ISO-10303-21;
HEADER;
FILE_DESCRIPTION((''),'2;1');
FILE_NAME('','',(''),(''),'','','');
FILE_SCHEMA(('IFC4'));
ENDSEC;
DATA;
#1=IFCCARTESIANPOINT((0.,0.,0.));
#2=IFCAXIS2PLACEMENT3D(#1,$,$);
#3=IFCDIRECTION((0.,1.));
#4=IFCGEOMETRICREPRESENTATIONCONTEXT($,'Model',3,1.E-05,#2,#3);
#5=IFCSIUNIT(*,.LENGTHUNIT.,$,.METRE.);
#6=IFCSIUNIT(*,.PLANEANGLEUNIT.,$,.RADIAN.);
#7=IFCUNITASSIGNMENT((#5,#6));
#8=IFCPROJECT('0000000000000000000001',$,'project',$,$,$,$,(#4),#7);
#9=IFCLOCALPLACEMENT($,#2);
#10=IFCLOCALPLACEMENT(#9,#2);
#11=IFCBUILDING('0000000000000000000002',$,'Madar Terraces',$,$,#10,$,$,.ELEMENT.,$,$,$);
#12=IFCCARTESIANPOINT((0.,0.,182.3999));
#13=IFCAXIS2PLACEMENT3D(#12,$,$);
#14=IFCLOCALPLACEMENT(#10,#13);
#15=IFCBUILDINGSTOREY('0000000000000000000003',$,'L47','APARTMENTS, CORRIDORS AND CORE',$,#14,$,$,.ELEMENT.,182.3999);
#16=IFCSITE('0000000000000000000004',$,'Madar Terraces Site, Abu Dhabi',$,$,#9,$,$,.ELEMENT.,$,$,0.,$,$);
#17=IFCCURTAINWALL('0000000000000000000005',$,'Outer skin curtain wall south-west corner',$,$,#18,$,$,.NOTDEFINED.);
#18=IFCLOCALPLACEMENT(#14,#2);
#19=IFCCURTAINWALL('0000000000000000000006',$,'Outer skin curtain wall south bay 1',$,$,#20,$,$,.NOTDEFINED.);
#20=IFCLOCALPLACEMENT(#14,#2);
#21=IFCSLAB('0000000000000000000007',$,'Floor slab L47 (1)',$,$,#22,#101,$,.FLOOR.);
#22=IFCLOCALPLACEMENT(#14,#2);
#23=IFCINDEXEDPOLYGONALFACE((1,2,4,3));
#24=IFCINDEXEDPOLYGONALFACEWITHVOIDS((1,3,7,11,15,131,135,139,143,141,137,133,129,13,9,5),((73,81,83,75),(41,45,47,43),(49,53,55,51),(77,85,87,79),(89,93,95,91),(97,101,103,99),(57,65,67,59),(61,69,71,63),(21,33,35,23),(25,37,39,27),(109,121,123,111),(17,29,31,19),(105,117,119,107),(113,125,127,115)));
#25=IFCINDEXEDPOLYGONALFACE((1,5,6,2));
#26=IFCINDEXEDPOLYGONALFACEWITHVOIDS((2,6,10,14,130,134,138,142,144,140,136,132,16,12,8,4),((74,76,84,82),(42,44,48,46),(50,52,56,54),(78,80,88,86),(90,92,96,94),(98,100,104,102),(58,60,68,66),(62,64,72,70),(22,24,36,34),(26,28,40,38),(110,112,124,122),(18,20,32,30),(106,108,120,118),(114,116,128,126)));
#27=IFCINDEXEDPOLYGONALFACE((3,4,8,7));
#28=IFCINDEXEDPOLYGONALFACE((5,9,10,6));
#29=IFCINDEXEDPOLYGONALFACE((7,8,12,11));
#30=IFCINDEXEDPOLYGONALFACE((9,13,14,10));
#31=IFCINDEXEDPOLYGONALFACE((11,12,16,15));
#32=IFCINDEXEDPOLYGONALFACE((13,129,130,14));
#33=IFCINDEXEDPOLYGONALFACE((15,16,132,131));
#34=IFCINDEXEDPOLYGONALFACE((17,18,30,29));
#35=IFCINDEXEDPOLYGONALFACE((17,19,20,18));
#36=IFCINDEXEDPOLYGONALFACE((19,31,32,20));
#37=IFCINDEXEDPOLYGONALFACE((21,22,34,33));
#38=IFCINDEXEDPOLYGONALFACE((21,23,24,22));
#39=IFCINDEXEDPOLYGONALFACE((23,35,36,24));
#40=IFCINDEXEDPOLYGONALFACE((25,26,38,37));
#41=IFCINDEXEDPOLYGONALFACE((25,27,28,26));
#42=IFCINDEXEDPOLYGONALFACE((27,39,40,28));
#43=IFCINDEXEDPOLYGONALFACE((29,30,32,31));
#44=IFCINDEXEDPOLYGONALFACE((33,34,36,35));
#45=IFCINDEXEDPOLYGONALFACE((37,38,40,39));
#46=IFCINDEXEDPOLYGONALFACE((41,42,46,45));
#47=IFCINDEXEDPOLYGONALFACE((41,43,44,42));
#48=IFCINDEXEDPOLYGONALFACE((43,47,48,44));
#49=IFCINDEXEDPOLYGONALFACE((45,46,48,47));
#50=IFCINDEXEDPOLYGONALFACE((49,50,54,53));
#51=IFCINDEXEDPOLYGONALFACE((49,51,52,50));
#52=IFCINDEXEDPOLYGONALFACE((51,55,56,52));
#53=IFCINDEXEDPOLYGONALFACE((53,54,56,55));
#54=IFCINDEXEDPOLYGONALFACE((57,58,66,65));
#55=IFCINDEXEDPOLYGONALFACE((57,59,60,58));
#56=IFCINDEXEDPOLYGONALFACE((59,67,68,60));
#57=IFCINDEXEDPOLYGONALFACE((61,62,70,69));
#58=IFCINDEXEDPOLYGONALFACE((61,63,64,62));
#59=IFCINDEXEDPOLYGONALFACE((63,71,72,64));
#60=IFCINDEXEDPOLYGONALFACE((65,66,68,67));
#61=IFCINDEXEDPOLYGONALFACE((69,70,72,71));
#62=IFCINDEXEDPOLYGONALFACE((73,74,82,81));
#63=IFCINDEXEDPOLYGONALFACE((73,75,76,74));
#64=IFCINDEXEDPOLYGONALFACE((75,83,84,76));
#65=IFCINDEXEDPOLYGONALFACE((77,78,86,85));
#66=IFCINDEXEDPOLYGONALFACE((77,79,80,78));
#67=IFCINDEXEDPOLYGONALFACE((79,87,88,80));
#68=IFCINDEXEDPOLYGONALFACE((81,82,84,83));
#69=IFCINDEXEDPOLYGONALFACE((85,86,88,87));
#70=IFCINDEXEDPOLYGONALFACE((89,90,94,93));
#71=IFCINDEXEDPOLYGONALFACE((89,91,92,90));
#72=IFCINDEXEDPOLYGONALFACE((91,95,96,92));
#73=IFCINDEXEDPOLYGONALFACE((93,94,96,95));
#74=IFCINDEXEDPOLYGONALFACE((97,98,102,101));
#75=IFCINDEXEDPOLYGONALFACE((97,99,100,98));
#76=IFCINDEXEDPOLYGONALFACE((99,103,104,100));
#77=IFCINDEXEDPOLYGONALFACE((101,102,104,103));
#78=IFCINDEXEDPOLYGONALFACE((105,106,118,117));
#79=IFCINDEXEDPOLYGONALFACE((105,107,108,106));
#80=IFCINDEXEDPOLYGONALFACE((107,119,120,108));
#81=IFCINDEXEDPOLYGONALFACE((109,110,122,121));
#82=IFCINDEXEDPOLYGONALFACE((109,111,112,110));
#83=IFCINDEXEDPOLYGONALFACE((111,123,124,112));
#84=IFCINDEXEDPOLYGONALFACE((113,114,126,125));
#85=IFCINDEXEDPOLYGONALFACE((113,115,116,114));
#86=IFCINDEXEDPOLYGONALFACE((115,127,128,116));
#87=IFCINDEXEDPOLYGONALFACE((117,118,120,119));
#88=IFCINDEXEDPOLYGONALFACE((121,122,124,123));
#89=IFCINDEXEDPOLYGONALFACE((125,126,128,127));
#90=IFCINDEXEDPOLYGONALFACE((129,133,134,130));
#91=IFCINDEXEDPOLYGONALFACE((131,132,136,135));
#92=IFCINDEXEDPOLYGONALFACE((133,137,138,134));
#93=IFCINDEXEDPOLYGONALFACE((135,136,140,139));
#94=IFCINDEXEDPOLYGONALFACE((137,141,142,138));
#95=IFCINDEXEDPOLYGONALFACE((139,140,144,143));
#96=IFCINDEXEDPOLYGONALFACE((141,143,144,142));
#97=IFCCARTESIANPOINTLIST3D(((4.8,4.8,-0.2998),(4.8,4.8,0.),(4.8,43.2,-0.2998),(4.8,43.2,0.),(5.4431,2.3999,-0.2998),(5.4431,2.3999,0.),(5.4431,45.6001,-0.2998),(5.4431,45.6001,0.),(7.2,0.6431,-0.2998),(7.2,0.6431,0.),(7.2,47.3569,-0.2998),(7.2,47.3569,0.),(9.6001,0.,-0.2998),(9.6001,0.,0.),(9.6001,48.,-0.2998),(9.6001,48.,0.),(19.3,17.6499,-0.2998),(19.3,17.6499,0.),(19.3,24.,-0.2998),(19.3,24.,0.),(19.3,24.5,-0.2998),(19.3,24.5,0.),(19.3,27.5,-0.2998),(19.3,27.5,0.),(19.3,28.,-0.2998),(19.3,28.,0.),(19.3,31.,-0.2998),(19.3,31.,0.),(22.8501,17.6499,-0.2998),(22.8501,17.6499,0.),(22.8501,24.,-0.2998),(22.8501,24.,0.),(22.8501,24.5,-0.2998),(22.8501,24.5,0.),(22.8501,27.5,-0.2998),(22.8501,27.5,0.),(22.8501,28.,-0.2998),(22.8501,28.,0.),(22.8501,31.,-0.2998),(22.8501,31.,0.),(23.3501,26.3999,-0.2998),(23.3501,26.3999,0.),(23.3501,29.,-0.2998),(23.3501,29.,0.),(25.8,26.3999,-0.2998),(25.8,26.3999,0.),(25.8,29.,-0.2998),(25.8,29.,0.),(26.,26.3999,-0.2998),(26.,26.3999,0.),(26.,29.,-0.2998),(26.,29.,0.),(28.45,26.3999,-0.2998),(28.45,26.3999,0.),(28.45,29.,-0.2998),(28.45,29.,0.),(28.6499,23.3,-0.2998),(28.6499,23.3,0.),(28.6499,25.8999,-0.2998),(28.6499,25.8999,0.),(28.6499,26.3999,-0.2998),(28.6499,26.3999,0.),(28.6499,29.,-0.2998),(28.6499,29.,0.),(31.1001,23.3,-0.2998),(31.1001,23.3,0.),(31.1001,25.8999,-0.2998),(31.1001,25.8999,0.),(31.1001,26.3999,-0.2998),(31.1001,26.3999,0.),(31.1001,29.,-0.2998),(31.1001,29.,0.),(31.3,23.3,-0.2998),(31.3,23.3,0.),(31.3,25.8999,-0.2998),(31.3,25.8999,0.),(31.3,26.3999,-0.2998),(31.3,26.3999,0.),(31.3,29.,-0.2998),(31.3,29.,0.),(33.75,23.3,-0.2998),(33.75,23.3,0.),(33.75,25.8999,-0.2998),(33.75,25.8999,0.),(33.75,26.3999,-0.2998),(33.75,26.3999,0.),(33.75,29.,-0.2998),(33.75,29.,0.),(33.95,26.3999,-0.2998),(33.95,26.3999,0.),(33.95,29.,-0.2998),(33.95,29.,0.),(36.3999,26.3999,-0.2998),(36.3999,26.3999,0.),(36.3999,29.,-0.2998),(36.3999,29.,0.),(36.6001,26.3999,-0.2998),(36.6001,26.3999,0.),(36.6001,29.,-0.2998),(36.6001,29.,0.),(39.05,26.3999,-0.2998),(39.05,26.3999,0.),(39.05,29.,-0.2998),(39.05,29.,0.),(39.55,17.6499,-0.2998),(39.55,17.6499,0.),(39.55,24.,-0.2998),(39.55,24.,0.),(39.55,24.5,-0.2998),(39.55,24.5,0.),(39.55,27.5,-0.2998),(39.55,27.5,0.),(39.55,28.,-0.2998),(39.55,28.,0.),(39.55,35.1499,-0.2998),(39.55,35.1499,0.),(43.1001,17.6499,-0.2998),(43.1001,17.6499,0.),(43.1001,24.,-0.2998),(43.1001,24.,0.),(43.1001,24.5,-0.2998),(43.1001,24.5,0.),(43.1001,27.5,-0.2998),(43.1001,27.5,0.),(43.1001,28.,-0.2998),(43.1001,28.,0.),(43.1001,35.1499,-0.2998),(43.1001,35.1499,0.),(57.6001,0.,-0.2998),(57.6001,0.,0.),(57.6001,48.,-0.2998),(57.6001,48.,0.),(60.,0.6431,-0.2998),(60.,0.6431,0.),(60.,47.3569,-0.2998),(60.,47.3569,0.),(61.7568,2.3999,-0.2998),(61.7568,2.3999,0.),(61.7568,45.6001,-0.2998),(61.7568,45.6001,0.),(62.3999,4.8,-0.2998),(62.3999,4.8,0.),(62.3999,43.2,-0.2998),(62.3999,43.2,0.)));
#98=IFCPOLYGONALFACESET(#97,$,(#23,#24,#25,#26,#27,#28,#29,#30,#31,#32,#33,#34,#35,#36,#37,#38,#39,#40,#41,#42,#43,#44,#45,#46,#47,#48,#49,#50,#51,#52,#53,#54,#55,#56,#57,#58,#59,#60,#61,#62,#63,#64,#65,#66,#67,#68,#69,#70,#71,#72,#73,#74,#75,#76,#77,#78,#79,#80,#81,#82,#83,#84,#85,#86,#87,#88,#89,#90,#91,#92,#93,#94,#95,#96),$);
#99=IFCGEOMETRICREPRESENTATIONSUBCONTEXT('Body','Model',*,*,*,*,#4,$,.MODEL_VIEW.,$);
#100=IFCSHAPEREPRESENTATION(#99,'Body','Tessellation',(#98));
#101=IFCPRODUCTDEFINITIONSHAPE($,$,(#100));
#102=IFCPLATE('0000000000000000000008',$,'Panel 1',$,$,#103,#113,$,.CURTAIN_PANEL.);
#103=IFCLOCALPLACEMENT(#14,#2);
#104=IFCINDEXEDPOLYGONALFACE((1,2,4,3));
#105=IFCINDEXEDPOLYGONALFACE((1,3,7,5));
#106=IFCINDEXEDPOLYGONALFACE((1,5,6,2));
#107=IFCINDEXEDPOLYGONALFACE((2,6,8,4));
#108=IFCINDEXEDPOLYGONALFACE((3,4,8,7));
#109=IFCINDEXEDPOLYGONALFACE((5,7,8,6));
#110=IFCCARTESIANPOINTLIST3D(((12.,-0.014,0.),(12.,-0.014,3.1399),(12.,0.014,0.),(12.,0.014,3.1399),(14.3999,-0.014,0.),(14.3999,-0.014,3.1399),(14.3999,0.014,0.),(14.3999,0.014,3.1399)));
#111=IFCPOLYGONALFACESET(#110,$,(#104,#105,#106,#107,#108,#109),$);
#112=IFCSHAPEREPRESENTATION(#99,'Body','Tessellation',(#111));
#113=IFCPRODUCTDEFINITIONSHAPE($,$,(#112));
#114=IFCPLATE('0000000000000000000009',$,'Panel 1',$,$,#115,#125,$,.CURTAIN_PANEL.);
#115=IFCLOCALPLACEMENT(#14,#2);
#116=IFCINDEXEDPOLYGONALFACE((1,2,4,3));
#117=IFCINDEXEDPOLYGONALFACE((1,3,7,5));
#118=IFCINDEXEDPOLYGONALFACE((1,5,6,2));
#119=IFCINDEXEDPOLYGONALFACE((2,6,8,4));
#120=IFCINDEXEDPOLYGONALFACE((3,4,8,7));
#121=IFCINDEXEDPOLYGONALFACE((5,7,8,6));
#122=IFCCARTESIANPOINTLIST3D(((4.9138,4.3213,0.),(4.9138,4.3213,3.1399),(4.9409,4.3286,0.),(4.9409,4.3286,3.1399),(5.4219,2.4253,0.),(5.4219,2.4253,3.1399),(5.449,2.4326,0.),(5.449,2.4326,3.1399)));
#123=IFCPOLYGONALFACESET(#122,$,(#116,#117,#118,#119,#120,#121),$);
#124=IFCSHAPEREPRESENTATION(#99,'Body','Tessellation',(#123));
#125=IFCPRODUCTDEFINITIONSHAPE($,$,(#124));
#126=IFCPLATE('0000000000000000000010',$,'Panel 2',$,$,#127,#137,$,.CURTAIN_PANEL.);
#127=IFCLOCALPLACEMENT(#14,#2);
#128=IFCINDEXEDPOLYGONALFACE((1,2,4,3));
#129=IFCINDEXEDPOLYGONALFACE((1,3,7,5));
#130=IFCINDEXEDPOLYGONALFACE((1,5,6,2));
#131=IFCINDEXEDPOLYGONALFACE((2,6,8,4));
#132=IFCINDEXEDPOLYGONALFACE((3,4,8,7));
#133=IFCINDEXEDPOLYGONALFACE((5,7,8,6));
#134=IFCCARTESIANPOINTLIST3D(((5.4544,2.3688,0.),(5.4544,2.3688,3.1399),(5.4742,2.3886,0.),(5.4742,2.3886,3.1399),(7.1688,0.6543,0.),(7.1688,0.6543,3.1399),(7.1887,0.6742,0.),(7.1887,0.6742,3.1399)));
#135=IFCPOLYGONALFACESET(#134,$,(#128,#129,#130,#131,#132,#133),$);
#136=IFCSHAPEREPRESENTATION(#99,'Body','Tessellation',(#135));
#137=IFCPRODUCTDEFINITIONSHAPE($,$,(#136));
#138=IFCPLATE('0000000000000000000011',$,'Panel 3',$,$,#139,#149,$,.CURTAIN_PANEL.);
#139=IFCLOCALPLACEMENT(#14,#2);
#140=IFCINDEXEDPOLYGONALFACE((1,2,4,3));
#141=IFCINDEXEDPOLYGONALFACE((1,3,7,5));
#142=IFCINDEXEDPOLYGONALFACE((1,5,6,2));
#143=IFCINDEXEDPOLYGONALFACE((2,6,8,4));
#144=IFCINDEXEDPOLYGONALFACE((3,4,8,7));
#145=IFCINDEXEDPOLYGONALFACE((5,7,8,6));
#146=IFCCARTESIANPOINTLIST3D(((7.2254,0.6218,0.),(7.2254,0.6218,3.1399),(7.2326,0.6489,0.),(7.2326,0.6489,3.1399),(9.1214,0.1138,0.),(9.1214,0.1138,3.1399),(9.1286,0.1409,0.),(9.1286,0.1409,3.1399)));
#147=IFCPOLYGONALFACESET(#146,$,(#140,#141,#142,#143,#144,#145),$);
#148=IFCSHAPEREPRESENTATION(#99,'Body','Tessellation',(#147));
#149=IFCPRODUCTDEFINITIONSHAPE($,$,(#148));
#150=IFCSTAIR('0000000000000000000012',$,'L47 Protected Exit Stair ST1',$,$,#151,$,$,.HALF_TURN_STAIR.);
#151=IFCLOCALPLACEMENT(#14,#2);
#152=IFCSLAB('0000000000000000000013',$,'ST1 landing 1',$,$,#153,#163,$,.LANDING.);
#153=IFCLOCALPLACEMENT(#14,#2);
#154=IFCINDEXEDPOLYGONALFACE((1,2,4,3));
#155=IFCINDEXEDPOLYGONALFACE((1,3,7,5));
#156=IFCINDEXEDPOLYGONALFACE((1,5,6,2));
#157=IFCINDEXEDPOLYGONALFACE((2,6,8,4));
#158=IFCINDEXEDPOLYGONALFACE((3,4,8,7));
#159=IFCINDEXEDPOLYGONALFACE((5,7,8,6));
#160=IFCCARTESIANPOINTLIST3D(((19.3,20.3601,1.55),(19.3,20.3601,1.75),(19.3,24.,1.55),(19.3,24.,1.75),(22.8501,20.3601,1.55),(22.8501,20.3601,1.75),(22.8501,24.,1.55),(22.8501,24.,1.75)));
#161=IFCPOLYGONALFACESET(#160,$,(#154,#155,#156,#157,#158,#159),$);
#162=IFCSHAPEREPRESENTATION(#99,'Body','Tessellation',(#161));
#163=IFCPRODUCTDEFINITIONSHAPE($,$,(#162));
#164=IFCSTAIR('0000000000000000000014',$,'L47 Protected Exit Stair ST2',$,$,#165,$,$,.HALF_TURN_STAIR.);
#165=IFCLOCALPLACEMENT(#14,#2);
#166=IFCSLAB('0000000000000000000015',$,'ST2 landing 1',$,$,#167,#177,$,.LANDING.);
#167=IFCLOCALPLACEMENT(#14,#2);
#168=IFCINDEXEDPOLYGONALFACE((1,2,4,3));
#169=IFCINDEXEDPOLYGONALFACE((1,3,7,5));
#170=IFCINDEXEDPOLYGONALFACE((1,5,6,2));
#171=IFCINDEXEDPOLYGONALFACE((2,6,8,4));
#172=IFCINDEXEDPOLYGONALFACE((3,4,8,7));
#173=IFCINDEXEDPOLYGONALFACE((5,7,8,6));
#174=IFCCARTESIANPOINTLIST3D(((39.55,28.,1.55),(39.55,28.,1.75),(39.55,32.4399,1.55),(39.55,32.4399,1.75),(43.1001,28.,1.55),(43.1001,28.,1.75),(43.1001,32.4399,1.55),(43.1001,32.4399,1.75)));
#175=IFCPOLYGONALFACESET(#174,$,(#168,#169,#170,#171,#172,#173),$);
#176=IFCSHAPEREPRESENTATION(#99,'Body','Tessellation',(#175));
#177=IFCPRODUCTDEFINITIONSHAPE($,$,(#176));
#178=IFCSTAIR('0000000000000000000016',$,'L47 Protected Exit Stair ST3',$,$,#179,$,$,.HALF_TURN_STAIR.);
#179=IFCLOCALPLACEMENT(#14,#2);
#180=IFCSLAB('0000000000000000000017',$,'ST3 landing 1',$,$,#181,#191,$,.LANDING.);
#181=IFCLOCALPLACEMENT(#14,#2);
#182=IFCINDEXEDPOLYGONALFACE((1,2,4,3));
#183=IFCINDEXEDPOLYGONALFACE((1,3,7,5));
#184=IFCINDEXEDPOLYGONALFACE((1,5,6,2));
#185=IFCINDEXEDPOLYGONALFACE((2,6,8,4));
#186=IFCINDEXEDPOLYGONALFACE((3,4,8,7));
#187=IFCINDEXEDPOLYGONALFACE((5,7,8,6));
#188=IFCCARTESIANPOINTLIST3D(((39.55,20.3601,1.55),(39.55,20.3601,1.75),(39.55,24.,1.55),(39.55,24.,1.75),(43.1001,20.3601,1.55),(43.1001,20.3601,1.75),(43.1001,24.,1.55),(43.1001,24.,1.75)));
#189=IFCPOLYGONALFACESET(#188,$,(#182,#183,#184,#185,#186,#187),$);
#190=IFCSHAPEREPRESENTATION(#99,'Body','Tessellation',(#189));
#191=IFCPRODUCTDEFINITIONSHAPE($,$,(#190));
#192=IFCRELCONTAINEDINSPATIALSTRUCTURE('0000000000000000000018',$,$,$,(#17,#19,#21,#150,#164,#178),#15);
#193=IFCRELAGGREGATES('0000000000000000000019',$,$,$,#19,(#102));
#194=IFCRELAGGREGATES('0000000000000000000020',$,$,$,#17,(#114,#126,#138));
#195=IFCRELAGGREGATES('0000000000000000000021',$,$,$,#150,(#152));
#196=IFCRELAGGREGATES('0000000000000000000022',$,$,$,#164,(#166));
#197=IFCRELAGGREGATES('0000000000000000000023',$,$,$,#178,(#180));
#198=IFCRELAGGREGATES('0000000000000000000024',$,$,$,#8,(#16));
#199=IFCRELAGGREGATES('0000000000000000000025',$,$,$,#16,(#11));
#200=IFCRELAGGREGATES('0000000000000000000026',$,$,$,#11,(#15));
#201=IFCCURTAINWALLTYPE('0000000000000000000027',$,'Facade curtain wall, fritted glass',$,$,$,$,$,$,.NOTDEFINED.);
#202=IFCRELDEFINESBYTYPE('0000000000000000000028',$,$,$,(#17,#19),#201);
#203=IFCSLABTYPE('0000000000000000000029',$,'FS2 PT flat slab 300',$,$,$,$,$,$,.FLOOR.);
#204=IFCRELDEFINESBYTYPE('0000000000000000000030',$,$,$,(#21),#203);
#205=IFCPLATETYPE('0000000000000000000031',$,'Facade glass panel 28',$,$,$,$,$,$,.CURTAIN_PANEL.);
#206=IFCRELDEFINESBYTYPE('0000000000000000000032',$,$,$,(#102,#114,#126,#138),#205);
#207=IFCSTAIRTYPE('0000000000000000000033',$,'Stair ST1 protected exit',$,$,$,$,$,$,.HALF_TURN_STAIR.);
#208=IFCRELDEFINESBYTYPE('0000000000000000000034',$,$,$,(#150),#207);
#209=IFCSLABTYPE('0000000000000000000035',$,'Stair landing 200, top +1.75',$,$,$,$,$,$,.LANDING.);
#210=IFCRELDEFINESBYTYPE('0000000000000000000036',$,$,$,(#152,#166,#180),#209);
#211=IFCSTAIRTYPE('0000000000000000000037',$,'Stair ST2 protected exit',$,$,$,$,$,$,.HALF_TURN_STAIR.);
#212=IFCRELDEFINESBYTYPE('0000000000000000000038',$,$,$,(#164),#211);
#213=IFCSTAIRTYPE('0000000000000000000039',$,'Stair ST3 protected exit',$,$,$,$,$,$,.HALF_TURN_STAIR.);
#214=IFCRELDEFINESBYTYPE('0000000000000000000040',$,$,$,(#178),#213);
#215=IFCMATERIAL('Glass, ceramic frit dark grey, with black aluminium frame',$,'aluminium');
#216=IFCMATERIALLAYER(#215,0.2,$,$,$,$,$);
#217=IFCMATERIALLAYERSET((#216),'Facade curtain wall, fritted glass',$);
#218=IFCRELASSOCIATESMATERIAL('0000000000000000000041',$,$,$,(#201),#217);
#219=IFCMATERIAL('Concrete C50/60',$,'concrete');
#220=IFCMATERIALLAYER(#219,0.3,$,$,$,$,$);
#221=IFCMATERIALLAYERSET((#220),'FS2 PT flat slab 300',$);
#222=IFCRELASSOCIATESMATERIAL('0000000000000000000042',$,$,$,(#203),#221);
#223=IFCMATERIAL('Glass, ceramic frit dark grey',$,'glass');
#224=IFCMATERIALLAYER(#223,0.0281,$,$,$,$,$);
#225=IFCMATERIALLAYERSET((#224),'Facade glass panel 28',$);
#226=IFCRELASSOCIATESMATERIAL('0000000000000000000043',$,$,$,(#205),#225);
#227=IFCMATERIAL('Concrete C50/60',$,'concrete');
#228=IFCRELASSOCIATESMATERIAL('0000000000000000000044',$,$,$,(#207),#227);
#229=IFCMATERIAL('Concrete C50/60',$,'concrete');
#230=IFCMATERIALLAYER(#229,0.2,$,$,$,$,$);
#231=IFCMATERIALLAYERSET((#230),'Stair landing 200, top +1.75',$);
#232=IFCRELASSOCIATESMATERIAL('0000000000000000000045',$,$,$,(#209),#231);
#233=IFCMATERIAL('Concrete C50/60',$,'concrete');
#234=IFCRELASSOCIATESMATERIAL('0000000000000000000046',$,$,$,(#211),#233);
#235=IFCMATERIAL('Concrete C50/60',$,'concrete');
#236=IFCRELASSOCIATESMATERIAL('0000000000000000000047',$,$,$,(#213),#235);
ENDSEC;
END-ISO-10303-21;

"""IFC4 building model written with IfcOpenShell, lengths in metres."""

from ifc_helpers import new_model, si_unit, direction, frame, origin, origin_2d, place, context, subcontext, project, spatial, polyline, rectangle, outline, extrude, material, layer, layer_set, type_object, element, aggregate, save


model = new_model("IFC4")

# Units and contexts
model_context = context("Model", 3, precision=1e-05, world=origin(), true_north=direction((0.0, 1.0)))
body_context = subcontext(model_context, "Body", "Model", "MODEL_VIEW")
ifc_project = project(units=[si_unit("LENGTHUNIT", "METRE"), si_unit("PLANEANGLEUNIT", "RADIAN")], contexts=[model_context])

# Site, building, storey
site_placement = place(None, origin())
site = spatial("IfcSite", under=ifc_project, at=site_placement, Name="Madar Terraces Site, Abu Dhabi", CompositionType="ELEMENT", RefElevation=0.0)
building_placement = place(site_placement, origin())
building = spatial("IfcBuilding", under=site, at=building_placement, Name="Madar Terraces", CompositionType="ELEMENT")
storey_placement = place(building_placement, frame((0.0, 0.0, 182.3999)))
storey = spatial("IfcBuildingStorey", under=building, at=storey_placement, Name="L47", Description="APARTMENTS, CORRIDORS AND CORE", CompositionType="ELEMENT", Elevation=182.3999)

# Curtain wall
ifc_material_1 = material(Name="Glass, ceramic frit dark grey, with black aluminium frame", Category="aluminium")
ifc_layer_1 = layer(ifc_material_1, 0.2)
ifc_layer_set_1 = layer_set([ifc_layer_1], Name="Facade curtain wall, fritted glass")
curtain_wall_type = type_object("IfcCurtainWallType", Name="Facade curtain wall, fritted glass", PredefinedType="NOTDEFINED", material=ifc_layer_set_1)
curtain_wall_1_placement = place(storey_placement, origin())
curtain_wall_1 = element("IfcCurtainWall", 1, at=curtain_wall_1_placement, inside=storey, type_object=curtain_wall_type, Name="Outer skin curtain wall south-west corner", PredefinedType="NOTDEFINED")

# Curtain wall
curtain_wall_2_placement = place(storey_placement, origin())
curtain_wall_2 = element("IfcCurtainWall", 2, at=curtain_wall_2_placement, inside=storey, type_object=curtain_wall_type, Name="Outer skin curtain wall south bay 1", PredefinedType="NOTDEFINED")

# Slab
ifc_material_2 = material(Name="Concrete C50/60", Category="concrete")
ifc_layer_2 = layer(ifc_material_2, 0.3)
ifc_layer_set_2 = layer_set([ifc_layer_2], Name="FS2 PT flat slab 300")
slab_type_1 = type_object("IfcSlabType", Name="FS2 PT flat slab 300", PredefinedType="FLOOR", material=ifc_layer_set_2)
slab_1_placement = place(storey_placement, frame((0.0, 0.0, -0.2998)))
element("IfcSlab", 3, at=slab_1_placement, inside=storey, type_object=slab_type_1, Name="Floor slab L47 (1)", PredefinedType="FLOOR", context=body_context, shape_type="SweptSolid", body=[
    extrude(outline(polyline([(57.6001, 0.0), (60.0, 0.6431), (61.7568, 2.3999), (62.3999, 4.8), (62.3999, 43.2), (61.7568, 45.6001), (60.0, 47.3569), (57.6001, 48.0), (9.6001, 48.0), (7.2, 47.3569), (5.4431, 45.6001), (4.8, 43.2), (4.8, 4.8), (5.4431, 2.3999), (7.2, 0.6431), (9.6001, 0.0), (57.6001, 0.0)]), holes=[polyline([(22.8501, 17.6499), (19.3, 17.6499), (19.3, 24.0), (22.8501, 24.0), (22.8501, 17.6499)]), polyline([(28.6499, 23.3), (28.6499, 25.8999), (31.1001, 25.8999), (31.1001, 23.3), (28.6499, 23.3)]), polyline([(19.3, 24.5), (19.3, 27.5), (22.8501, 27.5), (22.8501, 24.5), (19.3, 24.5)]), polyline([(23.3501, 26.3999), (23.3501, 29.0), (25.8, 29.0), (25.8, 26.3999), (23.3501, 26.3999)]), polyline([(26.0, 26.3999), (26.0, 29.0), (28.45, 29.0), (28.45, 26.3999), (26.0, 26.3999)]), polyline([(28.6499, 26.3999), (28.6499, 29.0), (31.1001, 29.0), (31.1001, 26.3999), (28.6499, 26.3999)]), polyline([(19.3, 28.0), (19.3, 31.0), (22.8501, 31.0), (22.8501, 28.0), (19.3, 28.0)]), polyline([(43.1001, 17.6499), (39.55, 17.6499), (39.55, 24.0), (43.1001, 24.0), (43.1001, 17.6499)]), polyline([(31.3, 23.3), (31.3, 25.8999), (33.75, 25.8999), (33.75, 23.3), (31.3, 23.3)]), polyline([(39.55, 24.5), (39.55, 27.5), (43.1001, 27.5), (43.1001, 24.5), (39.55, 24.5)]), polyline([(31.3, 26.3999), (31.3, 29.0), (33.75, 29.0), (33.75, 26.3999), (31.3, 26.3999)]), polyline([(33.95, 26.3999), (33.95, 29.0), (36.3999, 29.0), (36.3999, 26.3999), (33.95, 26.3999)]), polyline([(36.6001, 26.3999), (36.6001, 29.0), (39.05, 29.0), (39.05, 26.3999), (36.6001, 26.3999)]), polyline([(39.55, 28.0), (39.55, 35.1499), (43.1001, 35.1499), (43.1001, 28.0), (39.55, 28.0)])]), origin(), (0.0, 0.0, 1.0), 0.2998),
])

# Plates
ifc_material_3 = material(Name="Glass, ceramic frit dark grey", Category="glass")
ifc_layer_3 = layer(ifc_material_3, 0.0281)
ifc_layer_set_3 = layer_set([ifc_layer_3], Name="Facade glass panel 28")
plate_type = type_object("IfcPlateType", Name="Facade glass panel 28", PredefinedType="CURTAIN_PANEL", material=ifc_layer_set_3)
plate_1_placement = place(storey_placement, frame((13.2, 0.0, 0.0), z_axis=(0.0, 0.0, 1.0), x_axis=(1.0, 0.0, 0.0)))
plate_1 = element("IfcPlate", 4, at=plate_1_placement, type_object=plate_type, Name="Panel 1", PredefinedType="CURTAIN_PANEL", context=body_context, shape_type="SweptSolid", body=[
    extrude(rectangle(XDim=2.3999, YDim=0.0281, at=origin_2d()), origin(), (0.0, 0.0, 1.0), 3.1399),
])
aggregate(curtain_wall_2, [plate_1])
plate_2_placement = place(storey_placement, frame((5.1814, 3.377, 0.0), z_axis=(0.0, 0.0, 1.0), x_axis=(0.258819, -0.965926, 0.0)))
plate_2 = element("IfcPlate", 5, at=plate_2_placement, type_object=plate_type, Name="Panel 1", PredefinedType="CURTAIN_PANEL", context=body_context, shape_type="SweptSolid", body=[
    extrude(rectangle(XDim=1.9629, YDim=0.0281, at=origin_2d()), origin(), (0.0, 0.0, 1.0), 3.1399),
])
plate_3_placement = place(storey_placement, frame((6.3215, 1.5215, 0.0), z_axis=(0.0, 0.0, 1.0), x_axis=(0.707107, -0.707107, 0.0)))
plate_3 = element("IfcPlate", 6, at=plate_3_placement, type_object=plate_type, Name="Panel 2", PredefinedType="CURTAIN_PANEL", context=body_context, shape_type="SweptSolid", body=[
    extrude(rectangle(XDim=2.4246, YDim=0.0281, at=origin_2d()), origin(), (0.0, 0.0, 1.0), 3.1399),
])
plate_4_placement = place(storey_placement, frame((8.177, 0.3813, 0.0), z_axis=(0.0, 0.0, 1.0), x_axis=(0.965926, -0.258819, 0.0)))
plate_4 = element("IfcPlate", 7, at=plate_4_placement, type_object=plate_type, Name="Panel 3", PredefinedType="CURTAIN_PANEL", context=body_context, shape_type="SweptSolid", body=[
    extrude(rectangle(XDim=1.9629, YDim=0.0281, at=origin_2d()), origin(), (0.0, 0.0, 1.0), 3.1399),
])
aggregate(curtain_wall_1, [plate_2, plate_3, plate_4])

# Stairs, slabs
ifc_material_4 = material(Name="Concrete C50/60", Category="concrete")
stair_type_1 = type_object("IfcStairType", Name="Stair ST1 protected exit", PredefinedType="HALF_TURN_STAIR", material=ifc_material_4)
stair_1_placement = place(storey_placement, origin())
stair_1 = element("IfcStair", 8, at=stair_1_placement, inside=storey, type_object=stair_type_1, Name="L47 Protected Exit Stair ST1", PredefinedType="HALF_TURN_STAIR")
ifc_material_5 = material(Name="Concrete C50/60", Category="concrete")
ifc_layer_4 = layer(ifc_material_5, 0.2)
ifc_layer_set_4 = layer_set([ifc_layer_4], Name="Stair landing 200, top +1.75")
slab_type_2 = type_object("IfcSlabType", Name="Stair landing 200, top +1.75", PredefinedType="LANDING", material=ifc_layer_set_4)
slab_2_placement = place(storey_placement, frame((0.0, 0.0, 1.55)))
slab_2 = element("IfcSlab", 9, at=slab_2_placement, type_object=slab_type_2, Name="ST1 landing 1", PredefinedType="LANDING", context=body_context, shape_type="SweptSolid", body=[
    extrude(outline(polyline([(19.3, 20.3601), (22.8501, 20.3601), (22.8501, 24.0), (19.3, 24.0), (19.3, 20.3601)])), origin(), (0.0, 0.0, 1.0), 0.2),
])
aggregate(stair_1, [slab_2])
ifc_material_6 = material(Name="Concrete C50/60", Category="concrete")
stair_type_2 = type_object("IfcStairType", Name="Stair ST2 protected exit", PredefinedType="HALF_TURN_STAIR", material=ifc_material_6)
stair_2_placement = place(storey_placement, origin())
stair_2 = element("IfcStair", 10, at=stair_2_placement, inside=storey, type_object=stair_type_2, Name="L47 Protected Exit Stair ST2", PredefinedType="HALF_TURN_STAIR")
slab_3_placement = place(storey_placement, frame((0.0, 0.0, 1.55)))
slab_3 = element("IfcSlab", 11, at=slab_3_placement, type_object=slab_type_2, Name="ST2 landing 1", PredefinedType="LANDING", context=body_context, shape_type="SweptSolid", body=[
    extrude(outline(polyline([(39.55, 28.0), (43.1001, 28.0), (43.1001, 32.4399), (39.55, 32.4399), (39.55, 28.0)])), origin(), (0.0, 0.0, 1.0), 0.2),
])
aggregate(stair_2, [slab_3])
ifc_material_7 = material(Name="Concrete C50/60", Category="concrete")
stair_type_3 = type_object("IfcStairType", Name="Stair ST3 protected exit", PredefinedType="HALF_TURN_STAIR", material=ifc_material_7)
stair_3_placement = place(storey_placement, origin())
stair_3 = element("IfcStair", 12, at=stair_3_placement, inside=storey, type_object=stair_type_3, Name="L47 Protected Exit Stair ST3", PredefinedType="HALF_TURN_STAIR")
slab_4_placement = place(storey_placement, frame((0.0, 0.0, 1.55)))
slab_4 = element("IfcSlab", 13, at=slab_4_placement, type_object=slab_type_2, Name="ST3 landing 1", PredefinedType="LANDING", context=body_context, shape_type="SweptSolid", body=[
    extrude(outline(polyline([(39.55, 20.3601), (43.1001, 20.3601), (43.1001, 24.0), (39.55, 24.0), (39.55, 20.3601)])), origin(), (0.0, 0.0, 1.0), 0.2),
])
aggregate(stair_3, [slab_4])

save(model, "model.ifc")
